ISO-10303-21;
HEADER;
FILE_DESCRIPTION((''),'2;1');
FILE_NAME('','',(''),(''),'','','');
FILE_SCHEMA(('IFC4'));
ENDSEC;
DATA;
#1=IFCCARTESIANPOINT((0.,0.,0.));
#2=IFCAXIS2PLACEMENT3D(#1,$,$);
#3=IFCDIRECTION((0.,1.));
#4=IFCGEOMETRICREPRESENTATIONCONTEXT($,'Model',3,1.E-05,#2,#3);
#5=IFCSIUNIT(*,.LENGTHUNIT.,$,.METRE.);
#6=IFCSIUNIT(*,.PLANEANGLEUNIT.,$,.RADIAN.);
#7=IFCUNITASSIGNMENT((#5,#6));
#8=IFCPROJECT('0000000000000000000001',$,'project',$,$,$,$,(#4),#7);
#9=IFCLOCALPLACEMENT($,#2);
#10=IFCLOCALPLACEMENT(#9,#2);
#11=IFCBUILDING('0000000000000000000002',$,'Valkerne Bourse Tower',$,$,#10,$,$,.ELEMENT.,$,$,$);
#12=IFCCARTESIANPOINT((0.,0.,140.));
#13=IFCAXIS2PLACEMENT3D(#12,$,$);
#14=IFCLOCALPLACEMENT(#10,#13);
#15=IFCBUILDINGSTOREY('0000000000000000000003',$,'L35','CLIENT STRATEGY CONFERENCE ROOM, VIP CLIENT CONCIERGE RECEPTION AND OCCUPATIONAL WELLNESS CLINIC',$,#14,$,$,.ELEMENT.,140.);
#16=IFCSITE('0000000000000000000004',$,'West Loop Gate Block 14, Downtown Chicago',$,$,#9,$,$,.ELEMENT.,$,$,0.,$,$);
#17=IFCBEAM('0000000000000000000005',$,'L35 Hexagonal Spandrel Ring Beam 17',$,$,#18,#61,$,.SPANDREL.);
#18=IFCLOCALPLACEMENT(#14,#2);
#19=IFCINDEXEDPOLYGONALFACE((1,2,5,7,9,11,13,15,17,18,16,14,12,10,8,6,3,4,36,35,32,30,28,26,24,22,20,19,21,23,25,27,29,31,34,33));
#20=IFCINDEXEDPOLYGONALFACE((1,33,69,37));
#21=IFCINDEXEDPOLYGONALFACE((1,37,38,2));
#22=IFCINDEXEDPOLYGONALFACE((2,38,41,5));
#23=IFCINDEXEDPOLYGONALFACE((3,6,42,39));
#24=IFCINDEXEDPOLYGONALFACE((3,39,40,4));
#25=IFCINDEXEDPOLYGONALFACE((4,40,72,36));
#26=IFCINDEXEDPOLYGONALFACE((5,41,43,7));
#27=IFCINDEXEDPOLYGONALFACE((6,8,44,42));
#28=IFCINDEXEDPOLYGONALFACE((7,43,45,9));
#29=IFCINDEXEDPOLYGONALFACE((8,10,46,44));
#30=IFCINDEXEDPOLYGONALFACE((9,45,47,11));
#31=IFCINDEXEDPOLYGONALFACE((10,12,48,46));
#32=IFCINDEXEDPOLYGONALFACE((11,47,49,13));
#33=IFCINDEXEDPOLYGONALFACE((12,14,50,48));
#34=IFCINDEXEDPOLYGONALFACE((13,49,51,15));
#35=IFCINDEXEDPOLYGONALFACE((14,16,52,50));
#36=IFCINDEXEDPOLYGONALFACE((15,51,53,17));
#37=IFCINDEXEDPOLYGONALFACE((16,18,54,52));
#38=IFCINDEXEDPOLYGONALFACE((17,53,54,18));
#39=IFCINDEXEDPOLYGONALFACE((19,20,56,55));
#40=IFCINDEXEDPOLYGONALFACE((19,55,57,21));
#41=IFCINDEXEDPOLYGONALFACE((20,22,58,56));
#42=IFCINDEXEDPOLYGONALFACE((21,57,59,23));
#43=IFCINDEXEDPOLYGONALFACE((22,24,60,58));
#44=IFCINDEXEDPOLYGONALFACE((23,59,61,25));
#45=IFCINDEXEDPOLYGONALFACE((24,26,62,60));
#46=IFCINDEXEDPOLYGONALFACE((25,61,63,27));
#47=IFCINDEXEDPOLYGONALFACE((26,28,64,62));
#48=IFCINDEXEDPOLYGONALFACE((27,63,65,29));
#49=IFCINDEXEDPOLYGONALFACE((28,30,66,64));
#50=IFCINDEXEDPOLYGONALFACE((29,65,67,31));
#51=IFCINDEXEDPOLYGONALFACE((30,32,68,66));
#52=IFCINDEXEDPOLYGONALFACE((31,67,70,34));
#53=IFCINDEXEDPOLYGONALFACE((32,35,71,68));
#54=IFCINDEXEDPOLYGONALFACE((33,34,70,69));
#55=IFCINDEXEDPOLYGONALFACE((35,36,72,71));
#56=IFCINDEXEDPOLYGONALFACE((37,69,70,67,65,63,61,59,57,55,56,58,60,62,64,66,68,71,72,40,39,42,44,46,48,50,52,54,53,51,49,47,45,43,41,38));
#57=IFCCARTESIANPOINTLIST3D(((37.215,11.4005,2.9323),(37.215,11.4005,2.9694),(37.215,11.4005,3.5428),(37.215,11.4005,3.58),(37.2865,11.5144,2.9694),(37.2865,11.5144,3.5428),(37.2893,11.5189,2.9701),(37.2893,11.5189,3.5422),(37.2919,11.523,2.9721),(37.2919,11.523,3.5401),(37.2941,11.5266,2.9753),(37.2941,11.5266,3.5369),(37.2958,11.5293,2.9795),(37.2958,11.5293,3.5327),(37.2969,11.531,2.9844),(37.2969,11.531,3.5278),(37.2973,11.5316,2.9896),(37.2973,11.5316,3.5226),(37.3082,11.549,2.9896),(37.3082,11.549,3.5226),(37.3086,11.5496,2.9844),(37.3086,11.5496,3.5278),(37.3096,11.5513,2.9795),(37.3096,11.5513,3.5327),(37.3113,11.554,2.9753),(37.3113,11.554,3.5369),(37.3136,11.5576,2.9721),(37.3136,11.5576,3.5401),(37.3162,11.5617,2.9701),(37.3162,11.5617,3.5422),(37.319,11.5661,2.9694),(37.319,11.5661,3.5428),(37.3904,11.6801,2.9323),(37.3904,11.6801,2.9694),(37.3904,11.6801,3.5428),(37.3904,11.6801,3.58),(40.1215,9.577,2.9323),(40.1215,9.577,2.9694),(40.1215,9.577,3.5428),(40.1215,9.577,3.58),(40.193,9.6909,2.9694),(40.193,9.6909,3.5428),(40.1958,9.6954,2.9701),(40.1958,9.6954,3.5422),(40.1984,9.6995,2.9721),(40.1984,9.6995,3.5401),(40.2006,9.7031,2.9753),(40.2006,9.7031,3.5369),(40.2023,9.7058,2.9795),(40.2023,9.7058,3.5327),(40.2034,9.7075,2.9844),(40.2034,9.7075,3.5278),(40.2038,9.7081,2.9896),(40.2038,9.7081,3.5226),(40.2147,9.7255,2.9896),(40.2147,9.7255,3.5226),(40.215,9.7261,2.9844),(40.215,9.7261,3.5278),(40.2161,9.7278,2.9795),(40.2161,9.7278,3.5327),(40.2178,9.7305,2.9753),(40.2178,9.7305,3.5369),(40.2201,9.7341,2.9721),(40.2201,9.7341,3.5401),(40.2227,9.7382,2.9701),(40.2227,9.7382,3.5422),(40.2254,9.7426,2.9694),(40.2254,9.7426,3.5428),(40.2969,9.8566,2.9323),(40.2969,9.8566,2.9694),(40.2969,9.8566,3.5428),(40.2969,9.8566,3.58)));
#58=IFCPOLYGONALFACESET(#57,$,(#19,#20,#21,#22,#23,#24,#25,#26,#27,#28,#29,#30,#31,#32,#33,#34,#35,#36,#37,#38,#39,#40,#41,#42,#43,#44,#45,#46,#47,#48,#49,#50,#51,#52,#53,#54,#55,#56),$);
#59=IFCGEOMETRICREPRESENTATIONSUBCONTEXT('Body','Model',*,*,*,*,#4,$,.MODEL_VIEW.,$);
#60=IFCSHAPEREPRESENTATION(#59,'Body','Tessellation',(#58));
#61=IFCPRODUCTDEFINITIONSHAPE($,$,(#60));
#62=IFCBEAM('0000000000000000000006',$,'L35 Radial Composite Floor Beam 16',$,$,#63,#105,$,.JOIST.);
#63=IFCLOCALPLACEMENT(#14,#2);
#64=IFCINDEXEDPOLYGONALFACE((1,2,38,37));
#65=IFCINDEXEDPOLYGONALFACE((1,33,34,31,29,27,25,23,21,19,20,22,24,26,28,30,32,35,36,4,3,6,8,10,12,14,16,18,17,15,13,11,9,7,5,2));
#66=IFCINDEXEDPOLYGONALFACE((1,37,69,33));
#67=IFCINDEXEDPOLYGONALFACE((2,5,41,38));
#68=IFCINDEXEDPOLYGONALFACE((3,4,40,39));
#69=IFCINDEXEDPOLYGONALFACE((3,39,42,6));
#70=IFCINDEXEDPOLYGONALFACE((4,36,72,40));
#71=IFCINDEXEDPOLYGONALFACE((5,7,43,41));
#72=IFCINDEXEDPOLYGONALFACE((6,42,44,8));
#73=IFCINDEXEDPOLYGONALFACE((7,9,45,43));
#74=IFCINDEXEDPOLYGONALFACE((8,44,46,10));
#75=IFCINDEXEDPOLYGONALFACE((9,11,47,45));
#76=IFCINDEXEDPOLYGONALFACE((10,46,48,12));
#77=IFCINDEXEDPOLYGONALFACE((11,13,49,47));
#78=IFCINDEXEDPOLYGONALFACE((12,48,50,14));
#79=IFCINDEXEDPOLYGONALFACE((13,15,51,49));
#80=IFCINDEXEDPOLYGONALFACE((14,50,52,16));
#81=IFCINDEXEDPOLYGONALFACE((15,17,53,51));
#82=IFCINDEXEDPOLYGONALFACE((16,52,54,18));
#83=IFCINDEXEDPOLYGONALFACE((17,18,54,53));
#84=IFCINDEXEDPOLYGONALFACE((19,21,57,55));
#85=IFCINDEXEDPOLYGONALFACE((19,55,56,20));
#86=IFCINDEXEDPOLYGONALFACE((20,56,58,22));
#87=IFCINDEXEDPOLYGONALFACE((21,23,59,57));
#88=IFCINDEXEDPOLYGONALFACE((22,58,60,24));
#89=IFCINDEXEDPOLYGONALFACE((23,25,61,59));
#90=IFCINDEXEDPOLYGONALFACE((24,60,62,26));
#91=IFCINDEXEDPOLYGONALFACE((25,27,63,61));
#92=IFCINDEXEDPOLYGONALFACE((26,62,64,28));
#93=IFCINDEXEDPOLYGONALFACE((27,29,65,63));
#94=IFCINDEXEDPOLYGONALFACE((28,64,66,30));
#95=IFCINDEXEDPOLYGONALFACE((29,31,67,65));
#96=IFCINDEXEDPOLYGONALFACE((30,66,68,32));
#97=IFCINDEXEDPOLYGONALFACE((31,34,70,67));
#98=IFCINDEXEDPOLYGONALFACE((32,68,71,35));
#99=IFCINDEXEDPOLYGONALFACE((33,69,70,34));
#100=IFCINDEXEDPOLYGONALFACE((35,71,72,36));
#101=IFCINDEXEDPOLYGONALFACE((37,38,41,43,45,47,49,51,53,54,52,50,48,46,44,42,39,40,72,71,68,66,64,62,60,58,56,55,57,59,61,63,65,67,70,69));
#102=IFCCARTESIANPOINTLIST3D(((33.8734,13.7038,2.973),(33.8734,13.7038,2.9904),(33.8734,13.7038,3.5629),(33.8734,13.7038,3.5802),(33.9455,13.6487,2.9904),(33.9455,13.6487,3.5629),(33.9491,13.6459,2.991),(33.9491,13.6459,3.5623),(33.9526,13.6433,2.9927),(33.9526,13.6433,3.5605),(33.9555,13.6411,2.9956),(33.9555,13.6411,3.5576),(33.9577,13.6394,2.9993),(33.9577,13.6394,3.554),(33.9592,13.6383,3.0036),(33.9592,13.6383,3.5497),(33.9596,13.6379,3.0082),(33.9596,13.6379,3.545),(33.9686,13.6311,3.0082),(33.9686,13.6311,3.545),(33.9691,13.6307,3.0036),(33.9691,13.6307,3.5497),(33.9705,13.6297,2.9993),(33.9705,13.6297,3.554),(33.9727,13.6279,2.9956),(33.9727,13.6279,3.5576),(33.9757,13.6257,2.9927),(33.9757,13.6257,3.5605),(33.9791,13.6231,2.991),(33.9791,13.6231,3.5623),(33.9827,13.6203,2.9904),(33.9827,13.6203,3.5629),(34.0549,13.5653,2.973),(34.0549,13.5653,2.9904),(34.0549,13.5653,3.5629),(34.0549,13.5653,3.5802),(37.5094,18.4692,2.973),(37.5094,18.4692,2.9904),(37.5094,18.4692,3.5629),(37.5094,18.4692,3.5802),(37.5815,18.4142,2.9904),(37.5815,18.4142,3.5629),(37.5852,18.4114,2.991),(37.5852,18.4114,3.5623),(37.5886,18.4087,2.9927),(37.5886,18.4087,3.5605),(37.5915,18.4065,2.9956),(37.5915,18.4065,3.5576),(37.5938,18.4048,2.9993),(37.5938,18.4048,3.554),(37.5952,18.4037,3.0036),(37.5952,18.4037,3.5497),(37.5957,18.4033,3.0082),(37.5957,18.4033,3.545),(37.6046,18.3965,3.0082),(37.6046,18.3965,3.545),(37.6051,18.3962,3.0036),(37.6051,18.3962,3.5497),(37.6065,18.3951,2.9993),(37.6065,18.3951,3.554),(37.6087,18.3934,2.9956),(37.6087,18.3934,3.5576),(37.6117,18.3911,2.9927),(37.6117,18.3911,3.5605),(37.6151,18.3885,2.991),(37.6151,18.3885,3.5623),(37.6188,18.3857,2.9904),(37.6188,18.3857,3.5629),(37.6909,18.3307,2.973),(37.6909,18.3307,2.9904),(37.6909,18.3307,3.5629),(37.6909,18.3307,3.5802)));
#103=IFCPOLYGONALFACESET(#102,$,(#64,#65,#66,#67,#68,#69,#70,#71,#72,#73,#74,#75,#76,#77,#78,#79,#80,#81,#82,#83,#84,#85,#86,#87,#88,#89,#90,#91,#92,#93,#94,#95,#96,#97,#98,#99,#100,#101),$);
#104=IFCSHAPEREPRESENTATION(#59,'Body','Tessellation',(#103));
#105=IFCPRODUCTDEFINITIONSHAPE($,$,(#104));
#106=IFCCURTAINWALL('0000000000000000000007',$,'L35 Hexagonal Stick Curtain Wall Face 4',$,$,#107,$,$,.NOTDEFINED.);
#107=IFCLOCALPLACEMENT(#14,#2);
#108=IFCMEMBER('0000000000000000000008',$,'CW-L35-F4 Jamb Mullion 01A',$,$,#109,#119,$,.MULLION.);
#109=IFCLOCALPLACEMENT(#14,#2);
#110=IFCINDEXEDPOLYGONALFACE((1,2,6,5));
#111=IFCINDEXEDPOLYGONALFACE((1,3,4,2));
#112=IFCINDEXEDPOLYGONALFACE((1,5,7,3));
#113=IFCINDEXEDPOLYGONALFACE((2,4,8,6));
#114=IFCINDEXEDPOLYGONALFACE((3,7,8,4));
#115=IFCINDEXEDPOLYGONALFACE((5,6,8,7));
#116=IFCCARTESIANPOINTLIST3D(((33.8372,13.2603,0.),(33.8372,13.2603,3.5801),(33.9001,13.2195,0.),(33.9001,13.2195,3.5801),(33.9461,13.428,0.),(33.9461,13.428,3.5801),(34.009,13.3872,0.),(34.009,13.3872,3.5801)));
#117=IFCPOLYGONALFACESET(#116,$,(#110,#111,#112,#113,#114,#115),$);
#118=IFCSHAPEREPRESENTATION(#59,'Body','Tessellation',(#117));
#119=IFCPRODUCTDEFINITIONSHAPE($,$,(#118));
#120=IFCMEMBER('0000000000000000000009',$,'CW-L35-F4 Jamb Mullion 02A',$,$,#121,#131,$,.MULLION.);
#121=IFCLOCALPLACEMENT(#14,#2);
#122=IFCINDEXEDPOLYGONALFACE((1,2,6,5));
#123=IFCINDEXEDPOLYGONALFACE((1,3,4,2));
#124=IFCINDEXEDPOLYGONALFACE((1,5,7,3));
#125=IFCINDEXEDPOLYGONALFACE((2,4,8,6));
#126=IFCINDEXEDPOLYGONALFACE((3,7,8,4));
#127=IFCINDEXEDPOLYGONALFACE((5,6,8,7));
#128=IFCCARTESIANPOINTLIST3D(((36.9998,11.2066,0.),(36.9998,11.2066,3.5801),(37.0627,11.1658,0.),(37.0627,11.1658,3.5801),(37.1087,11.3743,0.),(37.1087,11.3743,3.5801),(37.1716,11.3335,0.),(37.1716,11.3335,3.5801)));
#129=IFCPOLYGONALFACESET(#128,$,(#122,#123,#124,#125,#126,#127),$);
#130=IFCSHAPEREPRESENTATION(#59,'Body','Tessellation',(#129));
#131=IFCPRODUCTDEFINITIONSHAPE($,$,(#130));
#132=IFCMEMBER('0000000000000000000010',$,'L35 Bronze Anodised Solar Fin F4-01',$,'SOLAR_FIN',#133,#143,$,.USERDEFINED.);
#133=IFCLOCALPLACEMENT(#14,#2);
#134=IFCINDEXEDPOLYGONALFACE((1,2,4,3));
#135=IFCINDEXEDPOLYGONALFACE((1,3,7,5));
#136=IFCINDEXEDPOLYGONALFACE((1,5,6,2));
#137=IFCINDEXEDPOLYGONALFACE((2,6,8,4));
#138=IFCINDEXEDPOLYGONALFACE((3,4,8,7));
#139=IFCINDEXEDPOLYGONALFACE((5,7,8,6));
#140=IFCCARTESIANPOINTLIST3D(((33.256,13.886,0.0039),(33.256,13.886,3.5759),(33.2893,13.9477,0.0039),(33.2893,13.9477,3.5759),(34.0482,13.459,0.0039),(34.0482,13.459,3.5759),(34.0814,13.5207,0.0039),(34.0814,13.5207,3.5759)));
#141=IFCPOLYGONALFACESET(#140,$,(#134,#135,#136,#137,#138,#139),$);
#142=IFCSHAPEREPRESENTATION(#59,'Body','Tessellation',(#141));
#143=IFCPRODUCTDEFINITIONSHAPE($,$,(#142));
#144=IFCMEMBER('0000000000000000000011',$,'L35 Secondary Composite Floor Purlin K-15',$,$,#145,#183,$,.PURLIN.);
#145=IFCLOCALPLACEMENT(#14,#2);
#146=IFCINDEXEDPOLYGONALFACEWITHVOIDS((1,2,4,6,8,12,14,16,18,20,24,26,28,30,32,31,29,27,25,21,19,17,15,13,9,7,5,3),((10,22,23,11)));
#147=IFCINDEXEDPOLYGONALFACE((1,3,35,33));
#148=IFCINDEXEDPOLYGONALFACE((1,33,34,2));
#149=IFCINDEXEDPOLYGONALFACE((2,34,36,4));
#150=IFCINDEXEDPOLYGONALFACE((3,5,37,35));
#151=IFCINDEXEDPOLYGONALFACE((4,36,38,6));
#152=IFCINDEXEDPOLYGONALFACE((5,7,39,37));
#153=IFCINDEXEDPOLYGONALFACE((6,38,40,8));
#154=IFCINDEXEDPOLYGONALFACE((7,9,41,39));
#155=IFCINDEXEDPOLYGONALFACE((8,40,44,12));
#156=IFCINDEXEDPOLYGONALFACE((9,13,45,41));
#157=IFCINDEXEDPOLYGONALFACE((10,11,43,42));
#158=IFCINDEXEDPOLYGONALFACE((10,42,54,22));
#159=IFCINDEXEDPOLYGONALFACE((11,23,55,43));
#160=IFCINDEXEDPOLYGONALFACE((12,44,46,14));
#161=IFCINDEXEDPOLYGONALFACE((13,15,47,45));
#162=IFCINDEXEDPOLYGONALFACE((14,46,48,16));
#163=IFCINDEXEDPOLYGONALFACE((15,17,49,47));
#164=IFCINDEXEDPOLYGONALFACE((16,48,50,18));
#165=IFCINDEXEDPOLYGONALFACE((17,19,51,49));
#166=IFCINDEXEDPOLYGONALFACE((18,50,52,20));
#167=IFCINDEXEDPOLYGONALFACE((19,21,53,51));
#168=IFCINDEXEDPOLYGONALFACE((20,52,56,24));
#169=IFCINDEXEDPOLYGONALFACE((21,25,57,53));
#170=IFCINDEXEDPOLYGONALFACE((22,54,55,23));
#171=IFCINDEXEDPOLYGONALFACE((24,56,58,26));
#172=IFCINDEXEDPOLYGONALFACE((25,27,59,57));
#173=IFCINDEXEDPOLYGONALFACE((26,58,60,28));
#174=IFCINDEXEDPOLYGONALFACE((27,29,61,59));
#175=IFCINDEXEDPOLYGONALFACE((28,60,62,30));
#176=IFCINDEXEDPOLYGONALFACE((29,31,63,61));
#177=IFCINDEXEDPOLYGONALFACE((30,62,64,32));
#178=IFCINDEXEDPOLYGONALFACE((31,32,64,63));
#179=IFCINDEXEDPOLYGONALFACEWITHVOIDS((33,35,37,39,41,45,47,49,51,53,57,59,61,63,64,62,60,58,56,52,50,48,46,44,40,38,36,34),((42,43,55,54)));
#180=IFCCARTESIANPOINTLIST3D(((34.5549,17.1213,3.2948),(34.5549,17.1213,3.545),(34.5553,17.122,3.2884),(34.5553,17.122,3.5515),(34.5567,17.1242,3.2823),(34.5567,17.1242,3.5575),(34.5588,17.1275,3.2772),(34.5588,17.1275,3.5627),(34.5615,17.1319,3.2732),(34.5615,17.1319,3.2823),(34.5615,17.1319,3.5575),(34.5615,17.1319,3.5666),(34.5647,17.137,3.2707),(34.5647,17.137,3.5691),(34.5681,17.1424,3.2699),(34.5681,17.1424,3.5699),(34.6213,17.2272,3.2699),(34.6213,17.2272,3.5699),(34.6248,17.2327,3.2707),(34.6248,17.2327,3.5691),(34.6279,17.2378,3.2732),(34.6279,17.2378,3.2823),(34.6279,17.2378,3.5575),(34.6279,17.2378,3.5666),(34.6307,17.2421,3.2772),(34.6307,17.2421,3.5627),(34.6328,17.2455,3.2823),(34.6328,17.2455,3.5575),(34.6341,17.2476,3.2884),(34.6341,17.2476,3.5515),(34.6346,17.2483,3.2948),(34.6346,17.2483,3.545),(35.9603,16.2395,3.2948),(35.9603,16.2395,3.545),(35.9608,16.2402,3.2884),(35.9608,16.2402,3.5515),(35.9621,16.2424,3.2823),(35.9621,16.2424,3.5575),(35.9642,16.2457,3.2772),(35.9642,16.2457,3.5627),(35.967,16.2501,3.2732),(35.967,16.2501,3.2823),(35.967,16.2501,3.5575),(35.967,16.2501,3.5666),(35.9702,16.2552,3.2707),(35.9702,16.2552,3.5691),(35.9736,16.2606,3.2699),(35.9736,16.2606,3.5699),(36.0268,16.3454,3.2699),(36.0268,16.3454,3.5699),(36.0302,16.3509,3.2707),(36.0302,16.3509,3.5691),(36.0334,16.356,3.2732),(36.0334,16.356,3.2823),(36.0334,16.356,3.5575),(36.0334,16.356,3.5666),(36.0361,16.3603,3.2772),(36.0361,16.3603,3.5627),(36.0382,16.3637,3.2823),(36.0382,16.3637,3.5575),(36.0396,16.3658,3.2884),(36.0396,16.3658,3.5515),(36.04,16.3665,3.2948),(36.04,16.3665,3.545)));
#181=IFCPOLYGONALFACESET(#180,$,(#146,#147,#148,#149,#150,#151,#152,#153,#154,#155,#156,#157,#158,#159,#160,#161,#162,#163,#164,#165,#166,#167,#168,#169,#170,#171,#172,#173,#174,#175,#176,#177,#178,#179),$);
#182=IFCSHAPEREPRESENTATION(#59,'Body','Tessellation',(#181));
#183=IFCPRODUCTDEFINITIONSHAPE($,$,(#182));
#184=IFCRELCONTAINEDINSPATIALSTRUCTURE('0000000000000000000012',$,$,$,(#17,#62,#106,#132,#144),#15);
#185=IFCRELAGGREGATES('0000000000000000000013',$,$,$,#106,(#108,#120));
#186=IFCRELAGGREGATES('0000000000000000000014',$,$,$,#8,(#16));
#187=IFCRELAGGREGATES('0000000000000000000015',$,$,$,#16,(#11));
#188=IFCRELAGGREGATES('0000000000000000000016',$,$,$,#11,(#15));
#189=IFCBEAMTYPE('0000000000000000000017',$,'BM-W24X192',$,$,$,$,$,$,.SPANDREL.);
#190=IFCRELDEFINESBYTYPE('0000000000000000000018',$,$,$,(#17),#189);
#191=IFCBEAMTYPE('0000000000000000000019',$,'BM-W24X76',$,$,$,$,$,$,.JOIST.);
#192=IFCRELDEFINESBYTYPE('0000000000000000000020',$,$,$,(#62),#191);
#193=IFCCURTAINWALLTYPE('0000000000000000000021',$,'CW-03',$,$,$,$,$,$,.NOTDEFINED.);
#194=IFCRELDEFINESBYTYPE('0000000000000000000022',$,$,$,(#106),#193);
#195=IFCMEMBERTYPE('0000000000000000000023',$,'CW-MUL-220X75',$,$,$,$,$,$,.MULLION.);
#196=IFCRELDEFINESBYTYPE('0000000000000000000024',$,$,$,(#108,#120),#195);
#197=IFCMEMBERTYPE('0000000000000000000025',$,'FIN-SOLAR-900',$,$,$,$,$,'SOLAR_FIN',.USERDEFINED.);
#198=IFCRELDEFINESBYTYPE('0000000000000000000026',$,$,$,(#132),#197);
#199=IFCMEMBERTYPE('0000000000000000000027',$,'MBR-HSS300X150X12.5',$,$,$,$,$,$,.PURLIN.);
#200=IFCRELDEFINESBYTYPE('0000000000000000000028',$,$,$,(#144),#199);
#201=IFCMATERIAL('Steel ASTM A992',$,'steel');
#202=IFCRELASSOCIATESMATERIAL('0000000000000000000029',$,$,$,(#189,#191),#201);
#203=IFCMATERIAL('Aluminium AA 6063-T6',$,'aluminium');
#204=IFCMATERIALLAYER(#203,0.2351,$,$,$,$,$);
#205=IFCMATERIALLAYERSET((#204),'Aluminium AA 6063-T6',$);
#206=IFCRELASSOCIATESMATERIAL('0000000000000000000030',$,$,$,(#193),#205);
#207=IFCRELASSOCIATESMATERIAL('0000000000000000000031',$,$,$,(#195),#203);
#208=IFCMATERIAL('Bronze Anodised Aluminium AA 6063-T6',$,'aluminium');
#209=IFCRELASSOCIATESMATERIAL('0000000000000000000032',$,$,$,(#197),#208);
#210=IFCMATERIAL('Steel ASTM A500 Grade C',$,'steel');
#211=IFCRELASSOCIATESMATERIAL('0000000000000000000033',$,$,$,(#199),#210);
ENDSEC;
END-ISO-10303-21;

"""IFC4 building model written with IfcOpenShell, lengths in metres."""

from ifc_helpers import new_model, si_unit, direction, frame, origin, origin_2d, place, context, subcontext, project, spatial, rectangle, hollow_rectangle, i_section, extrude, material, layer, layer_set, material_profile, profile_set, type_object, element, aggregate, save


model = new_model("IFC4")

# Units and contexts
model_context = context("Model", 3, precision=1e-05, world=origin(), true_north=direction((0.0, 1.0)))
body_context = subcontext(model_context, "Body", "Model", "MODEL_VIEW")
ifc_project = project(units=[si_unit("LENGTHUNIT", "METRE"), si_unit("PLANEANGLEUNIT", "RADIAN")], contexts=[model_context])

# Site, building, storey
site_placement = place(None, origin())
site = spatial("IfcSite", under=ifc_project, at=site_placement, Name="West Loop Gate Block 14, Downtown Chicago", CompositionType="ELEMENT", RefElevation=0.0)
building_placement = place(site_placement, origin())
building = spatial("IfcBuilding", under=site, at=building_placement, Name="Valkerne Bourse Tower", CompositionType="ELEMENT")
storey_placement = place(building_placement, frame((0.0, 0.0, 140.0)))
storey = spatial("IfcBuildingStorey", under=building, at=storey_placement, Name="L35", Description="CLIENT STRATEGY CONFERENCE ROOM, VIP CLIENT CONCIERGE RECEPTION AND OCCUPATIONAL WELLNESS CLINIC", CompositionType="ELEMENT", Elevation=140.0)

# Beams
ifc_material_1 = material(Name="Steel ASTM A992", Category="steel")
ifc_material_profile_1 = material_profile(ifc_material_1, i_section(OverallWidth=0.3301, OverallDepth=0.6477, WebThickness=0.0205, FlangeThickness=0.0371, FilletRadius=0.0203, at=origin_2d()), Name="W24X192")
ifc_profile_set_1 = profile_set([ifc_material_profile_1], Name="Steel ASTM A992")
beam_type_1 = type_object("IfcBeamType", Name="BM-W24X192", PredefinedType="SPANDREL", material=ifc_profile_set_1)
for number, where, z_axis, x_axis, name in (
    (1, (37.3027, 11.5403, 3.2561), (0.84709, -0.53145, 0.0), (0.53145, 0.84709, 0.0), "L35 Hexagonal Spandrel Ring Beam 17"),
):
    element("IfcBeam", number, at=place(storey_placement, frame(where, z_axis=z_axis, x_axis=x_axis)), inside=storey, type_object=beam_type_1, Name=name, PredefinedType="SPANDREL", context=body_context, shape_type="SweptSolid", body=[
        extrude(i_section(OverallWidth=0.3301, OverallDepth=0.6477, WebThickness=0.0205, FlangeThickness=0.0371, FilletRadius=0.0203, at=origin_2d()), origin(), (0.0, 0.0, 1.0), 3.4312),
    ])
ifc_material_profile_2 = material_profile(ifc_material_1, i_section(OverallWidth=0.2283, OverallDepth=0.6072, WebThickness=0.0112, FlangeThickness=0.0173, FilletRadius=0.0178, at=origin_2d()), Name="W24X76")
ifc_profile_set_2 = profile_set([ifc_material_profile_2], Name="Steel ASTM A992")
beam_type_2 = type_object("IfcBeamType", Name="BM-W24X76", PredefinedType="JOIST", material=ifc_profile_set_2)
beam_1_placement = place(storey_placement, frame((33.9641, 13.6345, 3.2766), z_axis=(0.606594, 0.795012, 0.0), x_axis=(-0.795012, 0.606594, 0.0)))
element("IfcBeam", 2, at=beam_1_placement, inside=storey, type_object=beam_type_2, Name="L35 Radial Composite Floor Beam 16", PredefinedType="JOIST", context=body_context, shape_type="SweptSolid", body=[
    extrude(i_section(OverallWidth=0.2283, OverallDepth=0.6072, WebThickness=0.0112, FlangeThickness=0.0173, FilletRadius=0.0178, at=origin_2d()), origin(), (0.0, 0.0, 1.0), 5.9941),
])

# Curtain wall, members
ifc_material_2 = material(Name="Aluminium AA 6063-T6", Category="aluminium")
ifc_layer_1 = layer(ifc_material_2, 0.2351)
ifc_layer_set_1 = layer_set([ifc_layer_1], Name="Aluminium AA 6063-T6")
curtain_wall_type = type_object("IfcCurtainWallType", Name="CW-03", PredefinedType="NOTDEFINED", material=ifc_layer_set_1)
curtain_wall_placement = place(storey_placement, origin())
curtain_wall = element("IfcCurtainWall", 3, at=curtain_wall_placement, inside=storey, type_object=curtain_wall_type, Name="L35 Hexagonal Stick Curtain Wall Face 4", PredefinedType="NOTDEFINED")
ifc_material_profile_3 = material_profile(ifc_material_2, rectangle(XDim=0.075, YDim=0.2, at=origin_2d()), Name="CWM-75X200")
ifc_profile_set_3 = profile_set([ifc_material_profile_3], Name="Aluminium AA 6063-T6")
member_type_1 = type_object("IfcMemberType", Name="CW-MUL-220X75", PredefinedType="MULLION", material=ifc_profile_set_3)
member_1_placement = place(storey_placement, frame((33.9231, 13.3237, 0.0), z_axis=(0.0, 0.0, 1.0), x_axis=(0.838673, -0.544636, 0.0)))
member_1 = element("IfcMember", 4, at=member_1_placement, type_object=member_type_1, Name="CW-L35-F4 Jamb Mullion 01A", PredefinedType="MULLION", context=body_context, shape_type="SweptSolid", body=[
    extrude(rectangle(XDim=0.075, YDim=0.2, at=origin_2d()), origin(), (0.0, 0.0, 1.0), 3.5801),
])
member_2_placement = place(storey_placement, frame((37.0857, 11.27, 0.0), z_axis=(0.0, 0.0, 1.0), x_axis=(0.838673, -0.544636, 0.0)))
member_2 = element("IfcMember", 5, at=member_2_placement, type_object=member_type_1, Name="CW-L35-F4 Jamb Mullion 02A", PredefinedType="MULLION", context=body_context, shape_type="SweptSolid", body=[
    extrude(rectangle(XDim=0.075, YDim=0.2, at=origin_2d()), origin(), (0.0, 0.0, 1.0), 3.5801),
])

# Members
ifc_material_3 = material(Name="Bronze Anodised Aluminium AA 6063-T6", Category="aluminium")
ifc_material_profile_4 = material_profile(ifc_material_3, rectangle(XDim=0.0701, YDim=0.8999, at=origin_2d()), Name="FIN-70X900")
ifc_profile_set_4 = profile_set([ifc_material_profile_4], Name="Bronze Anodised Aluminium AA 6063-T6")
member_type_2 = type_object("IfcMemberType", Name="FIN-SOLAR-900", ElementType="SOLAR_FIN", PredefinedType="USERDEFINED", material=ifc_profile_set_4)
member_3_placement = place(storey_placement, frame((33.6687, 13.7034, 0.0039), z_axis=(0.0, 0.0, 1.0), x_axis=(-0.474495, -0.880258, 0.0)))
element("IfcMember", 6, at=member_3_placement, inside=storey, type_object=member_type_2, Name="L35 Bronze Anodised Solar Fin F4-01", ObjectType="SOLAR_FIN", PredefinedType="USERDEFINED", context=body_context, shape_type="SweptSolid", body=[
    extrude(rectangle(XDim=0.0701, YDim=0.8999, at=origin_2d()), origin(), (0.0, 0.0, 1.0), 3.572),
])
ifc_material_4 = material(Name="Steel ASTM A500 Grade C", Category="steel")
ifc_material_profile_5 = material_profile(ifc_material_4, hollow_rectangle(XDim=0.1499, YDim=0.3, WallThickness=0.0125, OuterFilletRadius=0.0249, at=origin_2d()), Name="HSS300X150X12.5")
ifc_profile_set_5 = profile_set([ifc_material_profile_5], Name="Steel ASTM A500 Grade C")
member_type_3 = type_object("IfcMemberType", Name="MBR-HSS300X150X12.5", PredefinedType="PURLIN", material=ifc_profile_set_5)
for number, where, z_axis, x_axis, name in (
    (7, (34.5947, 17.1848, 3.4199), (0.847079, -0.531466, 0.0), (0.531466, 0.847079, 0.0), "L35 Secondary Composite Floor Purlin K-15"),
):
    element("IfcMember", number, at=place(storey_placement, frame(where, z_axis=z_axis, x_axis=x_axis)), inside=storey, type_object=member_type_3, Name=name, PredefinedType="PURLIN", context=body_context, shape_type="SweptSolid", body=[
        extrude(hollow_rectangle(XDim=0.1499, YDim=0.3, WallThickness=0.0125, OuterFilletRadius=0.0249, at=origin_2d()), origin(), (0.0, 0.0, 1.0), 1.6592),
    ])

aggregate(curtain_wall, [member_1, member_2])

save(model, "model.ifc")
